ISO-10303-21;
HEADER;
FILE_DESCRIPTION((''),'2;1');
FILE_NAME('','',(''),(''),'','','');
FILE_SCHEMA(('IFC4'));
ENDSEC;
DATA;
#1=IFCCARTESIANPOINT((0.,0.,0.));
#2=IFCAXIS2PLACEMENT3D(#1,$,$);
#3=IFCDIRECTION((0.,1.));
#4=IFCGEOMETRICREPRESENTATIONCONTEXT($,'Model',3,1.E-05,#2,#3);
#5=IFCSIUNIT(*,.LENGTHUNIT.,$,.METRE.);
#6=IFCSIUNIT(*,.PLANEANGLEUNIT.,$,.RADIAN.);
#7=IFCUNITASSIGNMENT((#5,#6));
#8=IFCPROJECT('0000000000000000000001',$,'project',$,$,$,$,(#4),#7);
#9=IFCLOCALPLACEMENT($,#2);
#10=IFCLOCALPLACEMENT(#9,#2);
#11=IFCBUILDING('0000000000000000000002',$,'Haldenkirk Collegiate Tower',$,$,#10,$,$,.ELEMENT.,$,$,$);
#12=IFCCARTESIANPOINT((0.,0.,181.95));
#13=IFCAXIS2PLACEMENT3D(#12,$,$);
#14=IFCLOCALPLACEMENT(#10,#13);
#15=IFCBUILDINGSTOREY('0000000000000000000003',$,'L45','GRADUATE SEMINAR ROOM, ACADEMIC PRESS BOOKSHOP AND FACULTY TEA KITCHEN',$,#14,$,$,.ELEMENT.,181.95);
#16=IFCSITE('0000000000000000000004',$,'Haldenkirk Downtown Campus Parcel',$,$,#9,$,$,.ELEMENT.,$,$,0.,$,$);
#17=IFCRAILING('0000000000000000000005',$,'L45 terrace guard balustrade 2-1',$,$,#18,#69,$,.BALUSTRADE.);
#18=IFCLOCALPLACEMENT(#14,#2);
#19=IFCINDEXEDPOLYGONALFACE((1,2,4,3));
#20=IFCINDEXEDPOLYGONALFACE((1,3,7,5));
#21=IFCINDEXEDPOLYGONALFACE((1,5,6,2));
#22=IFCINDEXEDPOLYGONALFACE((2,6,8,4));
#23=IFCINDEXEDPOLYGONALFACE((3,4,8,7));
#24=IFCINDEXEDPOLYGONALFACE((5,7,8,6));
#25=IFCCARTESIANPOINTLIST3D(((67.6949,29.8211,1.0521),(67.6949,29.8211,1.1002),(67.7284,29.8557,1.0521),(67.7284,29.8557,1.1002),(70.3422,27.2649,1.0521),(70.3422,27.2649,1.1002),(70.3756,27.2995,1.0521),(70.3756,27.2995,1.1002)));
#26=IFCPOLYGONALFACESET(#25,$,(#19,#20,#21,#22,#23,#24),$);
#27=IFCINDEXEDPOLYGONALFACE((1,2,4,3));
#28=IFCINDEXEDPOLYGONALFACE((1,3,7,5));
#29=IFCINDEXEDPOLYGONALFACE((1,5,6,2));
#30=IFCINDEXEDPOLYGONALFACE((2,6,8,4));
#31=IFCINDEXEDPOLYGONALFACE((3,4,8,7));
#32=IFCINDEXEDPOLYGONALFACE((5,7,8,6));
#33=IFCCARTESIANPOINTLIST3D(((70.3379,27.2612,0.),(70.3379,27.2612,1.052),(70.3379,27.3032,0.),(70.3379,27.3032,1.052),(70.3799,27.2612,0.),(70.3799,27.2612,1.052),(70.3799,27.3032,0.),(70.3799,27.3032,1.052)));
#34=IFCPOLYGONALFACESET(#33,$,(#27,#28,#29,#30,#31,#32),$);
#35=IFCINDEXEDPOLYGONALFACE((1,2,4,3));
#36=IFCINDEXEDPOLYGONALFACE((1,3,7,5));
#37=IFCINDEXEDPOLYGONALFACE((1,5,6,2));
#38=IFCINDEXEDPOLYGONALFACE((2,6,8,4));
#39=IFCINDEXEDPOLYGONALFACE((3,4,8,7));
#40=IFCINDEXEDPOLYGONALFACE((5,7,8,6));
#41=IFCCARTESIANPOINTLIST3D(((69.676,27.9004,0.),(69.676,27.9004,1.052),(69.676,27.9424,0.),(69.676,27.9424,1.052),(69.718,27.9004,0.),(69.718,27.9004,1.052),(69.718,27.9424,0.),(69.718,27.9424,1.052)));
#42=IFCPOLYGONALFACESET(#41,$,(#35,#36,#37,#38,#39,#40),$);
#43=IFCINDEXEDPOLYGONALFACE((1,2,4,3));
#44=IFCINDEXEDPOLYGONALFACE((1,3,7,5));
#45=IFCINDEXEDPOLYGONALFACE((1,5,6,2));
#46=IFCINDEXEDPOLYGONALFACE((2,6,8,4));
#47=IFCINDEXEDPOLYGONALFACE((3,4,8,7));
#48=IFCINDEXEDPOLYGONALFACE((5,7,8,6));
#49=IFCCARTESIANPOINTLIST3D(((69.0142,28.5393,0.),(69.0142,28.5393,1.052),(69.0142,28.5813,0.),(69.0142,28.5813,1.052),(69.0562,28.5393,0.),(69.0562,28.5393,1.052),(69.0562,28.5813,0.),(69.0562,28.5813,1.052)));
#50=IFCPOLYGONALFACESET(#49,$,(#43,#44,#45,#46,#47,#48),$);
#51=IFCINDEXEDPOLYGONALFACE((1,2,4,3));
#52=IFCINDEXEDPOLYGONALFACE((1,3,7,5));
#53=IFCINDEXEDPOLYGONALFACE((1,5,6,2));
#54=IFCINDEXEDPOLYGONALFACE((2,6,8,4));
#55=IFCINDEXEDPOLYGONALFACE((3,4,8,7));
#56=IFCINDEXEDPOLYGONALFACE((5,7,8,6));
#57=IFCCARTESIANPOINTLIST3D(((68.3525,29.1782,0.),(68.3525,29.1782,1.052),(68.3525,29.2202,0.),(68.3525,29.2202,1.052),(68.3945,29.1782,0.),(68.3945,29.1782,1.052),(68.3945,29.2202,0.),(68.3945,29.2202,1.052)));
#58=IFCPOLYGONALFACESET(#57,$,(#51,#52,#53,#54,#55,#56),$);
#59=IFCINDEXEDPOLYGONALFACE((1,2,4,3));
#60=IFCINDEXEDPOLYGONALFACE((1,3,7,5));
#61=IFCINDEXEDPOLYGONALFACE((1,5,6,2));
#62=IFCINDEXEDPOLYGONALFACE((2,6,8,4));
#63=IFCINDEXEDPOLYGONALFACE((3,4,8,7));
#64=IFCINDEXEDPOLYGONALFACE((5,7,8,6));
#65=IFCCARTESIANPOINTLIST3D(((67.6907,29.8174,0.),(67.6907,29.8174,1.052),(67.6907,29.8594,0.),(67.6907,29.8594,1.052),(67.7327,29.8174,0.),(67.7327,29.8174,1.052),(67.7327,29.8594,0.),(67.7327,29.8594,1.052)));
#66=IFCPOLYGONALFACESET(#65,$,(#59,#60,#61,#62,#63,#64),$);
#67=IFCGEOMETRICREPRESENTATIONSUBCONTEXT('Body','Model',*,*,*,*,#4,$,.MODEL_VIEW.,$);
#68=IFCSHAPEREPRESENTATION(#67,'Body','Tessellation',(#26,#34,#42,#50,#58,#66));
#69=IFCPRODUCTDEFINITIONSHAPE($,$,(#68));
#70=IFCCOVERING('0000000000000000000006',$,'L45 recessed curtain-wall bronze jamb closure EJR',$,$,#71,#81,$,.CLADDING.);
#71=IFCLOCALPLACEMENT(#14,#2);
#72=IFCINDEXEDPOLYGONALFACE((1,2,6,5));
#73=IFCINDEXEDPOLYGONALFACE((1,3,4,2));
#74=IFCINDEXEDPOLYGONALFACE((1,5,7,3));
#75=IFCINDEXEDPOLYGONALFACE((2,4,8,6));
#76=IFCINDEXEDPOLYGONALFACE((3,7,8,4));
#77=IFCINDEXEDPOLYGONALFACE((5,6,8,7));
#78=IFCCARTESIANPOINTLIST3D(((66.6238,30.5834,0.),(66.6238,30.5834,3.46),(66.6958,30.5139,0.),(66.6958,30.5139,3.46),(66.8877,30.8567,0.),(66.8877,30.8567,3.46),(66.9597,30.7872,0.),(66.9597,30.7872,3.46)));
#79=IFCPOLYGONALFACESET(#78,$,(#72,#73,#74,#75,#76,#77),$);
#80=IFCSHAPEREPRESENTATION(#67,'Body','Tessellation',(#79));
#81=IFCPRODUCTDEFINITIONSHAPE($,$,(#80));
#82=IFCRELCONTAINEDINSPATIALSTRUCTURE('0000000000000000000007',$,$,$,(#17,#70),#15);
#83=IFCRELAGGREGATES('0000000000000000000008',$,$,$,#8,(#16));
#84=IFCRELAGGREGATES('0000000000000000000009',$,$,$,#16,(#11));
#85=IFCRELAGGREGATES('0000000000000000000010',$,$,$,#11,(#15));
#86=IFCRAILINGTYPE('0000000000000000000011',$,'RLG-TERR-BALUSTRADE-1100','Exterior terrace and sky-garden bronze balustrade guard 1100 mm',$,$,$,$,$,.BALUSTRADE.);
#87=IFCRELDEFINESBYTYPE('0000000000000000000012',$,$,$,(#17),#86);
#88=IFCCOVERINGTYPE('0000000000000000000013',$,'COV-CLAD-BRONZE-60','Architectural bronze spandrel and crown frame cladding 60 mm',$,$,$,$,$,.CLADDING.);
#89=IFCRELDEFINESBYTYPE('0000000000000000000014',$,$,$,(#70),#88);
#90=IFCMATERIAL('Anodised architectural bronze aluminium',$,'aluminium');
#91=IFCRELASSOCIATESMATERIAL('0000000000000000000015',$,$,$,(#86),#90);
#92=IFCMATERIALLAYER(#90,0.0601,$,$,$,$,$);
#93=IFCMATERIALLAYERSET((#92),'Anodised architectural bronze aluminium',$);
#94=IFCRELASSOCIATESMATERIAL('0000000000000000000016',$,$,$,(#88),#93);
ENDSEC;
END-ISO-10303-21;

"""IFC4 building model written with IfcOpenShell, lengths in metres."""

from ifc_helpers import new_model, si_unit, direction, frame, origin, origin_2d, place, context, subcontext, project, spatial, rectangle, extrude, source, transform, mapped, material, layer, layer_set, type_object, element, save


model = new_model("IFC4")

# Units and contexts
model_context = context("Model", 3, precision=1e-05, world=origin(), true_north=direction((0.0, 1.0)))
body_context = subcontext(model_context, "Body", "Model", "MODEL_VIEW")
ifc_project = project(units=[si_unit("LENGTHUNIT", "METRE"), si_unit("PLANEANGLEUNIT", "RADIAN")], contexts=[model_context])

# Site, building, storey
site_placement = place(None, origin())
site = spatial("IfcSite", under=ifc_project, at=site_placement, Name="Haldenkirk Downtown Campus Parcel", CompositionType="ELEMENT", RefElevation=0.0)
building_placement = place(site_placement, origin())
building = spatial("IfcBuilding", under=site, at=building_placement, Name="Haldenkirk Collegiate Tower", CompositionType="ELEMENT")
storey_placement = place(building_placement, frame((0.0, 0.0, 181.95)))
storey = spatial("IfcBuildingStorey", under=building, at=storey_placement, Name="L45", Description="GRADUATE SEMINAR ROOM, ACADEMIC PRESS BOOKSHOP AND FACULTY TEA KITCHEN", CompositionType="ELEMENT", Elevation=181.95)

# Shared definitions
ifc_material_1 = material(Name="Anodised architectural bronze aluminium", Category="aluminium")

# Railing
railing_type = type_object("IfcRailingType", Name="RLG-TERR-BALUSTRADE-1100", Description="Exterior terrace and sky-garden bronze balustrade guard 1100 mm", PredefinedType="BALUSTRADE", material=ifc_material_1)
railing_placement = place(storey_placement, frame((70.3589, 27.2822, 0.0)))
element("IfcRailing", 1, at=railing_placement, inside=storey, type_object=railing_type, Name="L45 terrace guard balustrade 2-1", PredefinedType="BALUSTRADE", context=body_context, shape_type="SweptSolid", body=[
    extrude(rectangle(XDim=0.0481, YDim=0.0481, at=origin_2d()), frame((0.0, 0.0, 1.0762), z_axis=(-0.719372, 0.694625, 0.0), x_axis=(-0.694625, -0.719372, 0.0)), (0.0, 0.0, 1.0), 3.6799),
    extrude(rectangle(XDim=0.042, YDim=0.042, at=origin_2d()), origin(), (0.0, 0.0, 1.0), 1.052),
    extrude(rectangle(XDim=0.042, YDim=0.042, at=origin_2d()), frame((-0.6619, 0.6392, 0.0)), (0.0, 0.0, 1.0), 1.052),
    extrude(rectangle(XDim=0.042, YDim=0.042, at=origin_2d()), frame((-1.3237, 1.2781, 0.0)), (0.0, 0.0, 1.0), 1.052),
    extrude(rectangle(XDim=0.042, YDim=0.042, at=origin_2d()), frame((-1.9854, 1.917, 0.0)), (0.0, 0.0, 1.0), 1.052),
    extrude(rectangle(XDim=0.042, YDim=0.042, at=origin_2d()), frame((-2.6472, 2.5562, 0.0)), (0.0, 0.0, 1.0), 1.052),
])

# Covering
ifc_layer_1 = layer(ifc_material_1, 0.0601)
ifc_layer_set_1 = layer_set([ifc_layer_1], Name="Anodised architectural bronze aluminium")
covering_type = type_object("IfcCoveringType", Name="COV-CLAD-BRONZE-60", Description="Architectural bronze spandrel and crown frame cladding 60 mm", PredefinedType="CLADDING", material=ifc_layer_set_1)
shared_shape_1 = source(origin(), body_context, "Body", "SweptSolid", [
    extrude(rectangle(XDim=0.1001, YDim=0.3799, at=origin_2d()), origin(), (0.0, 0.0, 1.0), 3.46),
])
covering_placement = place(storey_placement, frame((66.7917, 30.6853, 0.0), z_axis=(0.0, 0.0, 1.0), x_axis=(0.71934, -0.694658, 0.0)))
element("IfcCovering", 2, at=covering_placement, inside=storey, type_object=covering_type, Name="L45 recessed curtain-wall bronze jamb closure EJR", PredefinedType="CLADDING", context=body_context, shape_type="MappedRepresentation", body=[
    mapped(shared_shape_1, transform((0.0, 0.0, 0.0), x_axis=(1.0, 0.0, 0.0), y_axis=(0.0, 1.0, 0.0), z_axis=(0.0, 0.0, 1.0), scale=1.0)),
])

save(model, "model.ifc")
